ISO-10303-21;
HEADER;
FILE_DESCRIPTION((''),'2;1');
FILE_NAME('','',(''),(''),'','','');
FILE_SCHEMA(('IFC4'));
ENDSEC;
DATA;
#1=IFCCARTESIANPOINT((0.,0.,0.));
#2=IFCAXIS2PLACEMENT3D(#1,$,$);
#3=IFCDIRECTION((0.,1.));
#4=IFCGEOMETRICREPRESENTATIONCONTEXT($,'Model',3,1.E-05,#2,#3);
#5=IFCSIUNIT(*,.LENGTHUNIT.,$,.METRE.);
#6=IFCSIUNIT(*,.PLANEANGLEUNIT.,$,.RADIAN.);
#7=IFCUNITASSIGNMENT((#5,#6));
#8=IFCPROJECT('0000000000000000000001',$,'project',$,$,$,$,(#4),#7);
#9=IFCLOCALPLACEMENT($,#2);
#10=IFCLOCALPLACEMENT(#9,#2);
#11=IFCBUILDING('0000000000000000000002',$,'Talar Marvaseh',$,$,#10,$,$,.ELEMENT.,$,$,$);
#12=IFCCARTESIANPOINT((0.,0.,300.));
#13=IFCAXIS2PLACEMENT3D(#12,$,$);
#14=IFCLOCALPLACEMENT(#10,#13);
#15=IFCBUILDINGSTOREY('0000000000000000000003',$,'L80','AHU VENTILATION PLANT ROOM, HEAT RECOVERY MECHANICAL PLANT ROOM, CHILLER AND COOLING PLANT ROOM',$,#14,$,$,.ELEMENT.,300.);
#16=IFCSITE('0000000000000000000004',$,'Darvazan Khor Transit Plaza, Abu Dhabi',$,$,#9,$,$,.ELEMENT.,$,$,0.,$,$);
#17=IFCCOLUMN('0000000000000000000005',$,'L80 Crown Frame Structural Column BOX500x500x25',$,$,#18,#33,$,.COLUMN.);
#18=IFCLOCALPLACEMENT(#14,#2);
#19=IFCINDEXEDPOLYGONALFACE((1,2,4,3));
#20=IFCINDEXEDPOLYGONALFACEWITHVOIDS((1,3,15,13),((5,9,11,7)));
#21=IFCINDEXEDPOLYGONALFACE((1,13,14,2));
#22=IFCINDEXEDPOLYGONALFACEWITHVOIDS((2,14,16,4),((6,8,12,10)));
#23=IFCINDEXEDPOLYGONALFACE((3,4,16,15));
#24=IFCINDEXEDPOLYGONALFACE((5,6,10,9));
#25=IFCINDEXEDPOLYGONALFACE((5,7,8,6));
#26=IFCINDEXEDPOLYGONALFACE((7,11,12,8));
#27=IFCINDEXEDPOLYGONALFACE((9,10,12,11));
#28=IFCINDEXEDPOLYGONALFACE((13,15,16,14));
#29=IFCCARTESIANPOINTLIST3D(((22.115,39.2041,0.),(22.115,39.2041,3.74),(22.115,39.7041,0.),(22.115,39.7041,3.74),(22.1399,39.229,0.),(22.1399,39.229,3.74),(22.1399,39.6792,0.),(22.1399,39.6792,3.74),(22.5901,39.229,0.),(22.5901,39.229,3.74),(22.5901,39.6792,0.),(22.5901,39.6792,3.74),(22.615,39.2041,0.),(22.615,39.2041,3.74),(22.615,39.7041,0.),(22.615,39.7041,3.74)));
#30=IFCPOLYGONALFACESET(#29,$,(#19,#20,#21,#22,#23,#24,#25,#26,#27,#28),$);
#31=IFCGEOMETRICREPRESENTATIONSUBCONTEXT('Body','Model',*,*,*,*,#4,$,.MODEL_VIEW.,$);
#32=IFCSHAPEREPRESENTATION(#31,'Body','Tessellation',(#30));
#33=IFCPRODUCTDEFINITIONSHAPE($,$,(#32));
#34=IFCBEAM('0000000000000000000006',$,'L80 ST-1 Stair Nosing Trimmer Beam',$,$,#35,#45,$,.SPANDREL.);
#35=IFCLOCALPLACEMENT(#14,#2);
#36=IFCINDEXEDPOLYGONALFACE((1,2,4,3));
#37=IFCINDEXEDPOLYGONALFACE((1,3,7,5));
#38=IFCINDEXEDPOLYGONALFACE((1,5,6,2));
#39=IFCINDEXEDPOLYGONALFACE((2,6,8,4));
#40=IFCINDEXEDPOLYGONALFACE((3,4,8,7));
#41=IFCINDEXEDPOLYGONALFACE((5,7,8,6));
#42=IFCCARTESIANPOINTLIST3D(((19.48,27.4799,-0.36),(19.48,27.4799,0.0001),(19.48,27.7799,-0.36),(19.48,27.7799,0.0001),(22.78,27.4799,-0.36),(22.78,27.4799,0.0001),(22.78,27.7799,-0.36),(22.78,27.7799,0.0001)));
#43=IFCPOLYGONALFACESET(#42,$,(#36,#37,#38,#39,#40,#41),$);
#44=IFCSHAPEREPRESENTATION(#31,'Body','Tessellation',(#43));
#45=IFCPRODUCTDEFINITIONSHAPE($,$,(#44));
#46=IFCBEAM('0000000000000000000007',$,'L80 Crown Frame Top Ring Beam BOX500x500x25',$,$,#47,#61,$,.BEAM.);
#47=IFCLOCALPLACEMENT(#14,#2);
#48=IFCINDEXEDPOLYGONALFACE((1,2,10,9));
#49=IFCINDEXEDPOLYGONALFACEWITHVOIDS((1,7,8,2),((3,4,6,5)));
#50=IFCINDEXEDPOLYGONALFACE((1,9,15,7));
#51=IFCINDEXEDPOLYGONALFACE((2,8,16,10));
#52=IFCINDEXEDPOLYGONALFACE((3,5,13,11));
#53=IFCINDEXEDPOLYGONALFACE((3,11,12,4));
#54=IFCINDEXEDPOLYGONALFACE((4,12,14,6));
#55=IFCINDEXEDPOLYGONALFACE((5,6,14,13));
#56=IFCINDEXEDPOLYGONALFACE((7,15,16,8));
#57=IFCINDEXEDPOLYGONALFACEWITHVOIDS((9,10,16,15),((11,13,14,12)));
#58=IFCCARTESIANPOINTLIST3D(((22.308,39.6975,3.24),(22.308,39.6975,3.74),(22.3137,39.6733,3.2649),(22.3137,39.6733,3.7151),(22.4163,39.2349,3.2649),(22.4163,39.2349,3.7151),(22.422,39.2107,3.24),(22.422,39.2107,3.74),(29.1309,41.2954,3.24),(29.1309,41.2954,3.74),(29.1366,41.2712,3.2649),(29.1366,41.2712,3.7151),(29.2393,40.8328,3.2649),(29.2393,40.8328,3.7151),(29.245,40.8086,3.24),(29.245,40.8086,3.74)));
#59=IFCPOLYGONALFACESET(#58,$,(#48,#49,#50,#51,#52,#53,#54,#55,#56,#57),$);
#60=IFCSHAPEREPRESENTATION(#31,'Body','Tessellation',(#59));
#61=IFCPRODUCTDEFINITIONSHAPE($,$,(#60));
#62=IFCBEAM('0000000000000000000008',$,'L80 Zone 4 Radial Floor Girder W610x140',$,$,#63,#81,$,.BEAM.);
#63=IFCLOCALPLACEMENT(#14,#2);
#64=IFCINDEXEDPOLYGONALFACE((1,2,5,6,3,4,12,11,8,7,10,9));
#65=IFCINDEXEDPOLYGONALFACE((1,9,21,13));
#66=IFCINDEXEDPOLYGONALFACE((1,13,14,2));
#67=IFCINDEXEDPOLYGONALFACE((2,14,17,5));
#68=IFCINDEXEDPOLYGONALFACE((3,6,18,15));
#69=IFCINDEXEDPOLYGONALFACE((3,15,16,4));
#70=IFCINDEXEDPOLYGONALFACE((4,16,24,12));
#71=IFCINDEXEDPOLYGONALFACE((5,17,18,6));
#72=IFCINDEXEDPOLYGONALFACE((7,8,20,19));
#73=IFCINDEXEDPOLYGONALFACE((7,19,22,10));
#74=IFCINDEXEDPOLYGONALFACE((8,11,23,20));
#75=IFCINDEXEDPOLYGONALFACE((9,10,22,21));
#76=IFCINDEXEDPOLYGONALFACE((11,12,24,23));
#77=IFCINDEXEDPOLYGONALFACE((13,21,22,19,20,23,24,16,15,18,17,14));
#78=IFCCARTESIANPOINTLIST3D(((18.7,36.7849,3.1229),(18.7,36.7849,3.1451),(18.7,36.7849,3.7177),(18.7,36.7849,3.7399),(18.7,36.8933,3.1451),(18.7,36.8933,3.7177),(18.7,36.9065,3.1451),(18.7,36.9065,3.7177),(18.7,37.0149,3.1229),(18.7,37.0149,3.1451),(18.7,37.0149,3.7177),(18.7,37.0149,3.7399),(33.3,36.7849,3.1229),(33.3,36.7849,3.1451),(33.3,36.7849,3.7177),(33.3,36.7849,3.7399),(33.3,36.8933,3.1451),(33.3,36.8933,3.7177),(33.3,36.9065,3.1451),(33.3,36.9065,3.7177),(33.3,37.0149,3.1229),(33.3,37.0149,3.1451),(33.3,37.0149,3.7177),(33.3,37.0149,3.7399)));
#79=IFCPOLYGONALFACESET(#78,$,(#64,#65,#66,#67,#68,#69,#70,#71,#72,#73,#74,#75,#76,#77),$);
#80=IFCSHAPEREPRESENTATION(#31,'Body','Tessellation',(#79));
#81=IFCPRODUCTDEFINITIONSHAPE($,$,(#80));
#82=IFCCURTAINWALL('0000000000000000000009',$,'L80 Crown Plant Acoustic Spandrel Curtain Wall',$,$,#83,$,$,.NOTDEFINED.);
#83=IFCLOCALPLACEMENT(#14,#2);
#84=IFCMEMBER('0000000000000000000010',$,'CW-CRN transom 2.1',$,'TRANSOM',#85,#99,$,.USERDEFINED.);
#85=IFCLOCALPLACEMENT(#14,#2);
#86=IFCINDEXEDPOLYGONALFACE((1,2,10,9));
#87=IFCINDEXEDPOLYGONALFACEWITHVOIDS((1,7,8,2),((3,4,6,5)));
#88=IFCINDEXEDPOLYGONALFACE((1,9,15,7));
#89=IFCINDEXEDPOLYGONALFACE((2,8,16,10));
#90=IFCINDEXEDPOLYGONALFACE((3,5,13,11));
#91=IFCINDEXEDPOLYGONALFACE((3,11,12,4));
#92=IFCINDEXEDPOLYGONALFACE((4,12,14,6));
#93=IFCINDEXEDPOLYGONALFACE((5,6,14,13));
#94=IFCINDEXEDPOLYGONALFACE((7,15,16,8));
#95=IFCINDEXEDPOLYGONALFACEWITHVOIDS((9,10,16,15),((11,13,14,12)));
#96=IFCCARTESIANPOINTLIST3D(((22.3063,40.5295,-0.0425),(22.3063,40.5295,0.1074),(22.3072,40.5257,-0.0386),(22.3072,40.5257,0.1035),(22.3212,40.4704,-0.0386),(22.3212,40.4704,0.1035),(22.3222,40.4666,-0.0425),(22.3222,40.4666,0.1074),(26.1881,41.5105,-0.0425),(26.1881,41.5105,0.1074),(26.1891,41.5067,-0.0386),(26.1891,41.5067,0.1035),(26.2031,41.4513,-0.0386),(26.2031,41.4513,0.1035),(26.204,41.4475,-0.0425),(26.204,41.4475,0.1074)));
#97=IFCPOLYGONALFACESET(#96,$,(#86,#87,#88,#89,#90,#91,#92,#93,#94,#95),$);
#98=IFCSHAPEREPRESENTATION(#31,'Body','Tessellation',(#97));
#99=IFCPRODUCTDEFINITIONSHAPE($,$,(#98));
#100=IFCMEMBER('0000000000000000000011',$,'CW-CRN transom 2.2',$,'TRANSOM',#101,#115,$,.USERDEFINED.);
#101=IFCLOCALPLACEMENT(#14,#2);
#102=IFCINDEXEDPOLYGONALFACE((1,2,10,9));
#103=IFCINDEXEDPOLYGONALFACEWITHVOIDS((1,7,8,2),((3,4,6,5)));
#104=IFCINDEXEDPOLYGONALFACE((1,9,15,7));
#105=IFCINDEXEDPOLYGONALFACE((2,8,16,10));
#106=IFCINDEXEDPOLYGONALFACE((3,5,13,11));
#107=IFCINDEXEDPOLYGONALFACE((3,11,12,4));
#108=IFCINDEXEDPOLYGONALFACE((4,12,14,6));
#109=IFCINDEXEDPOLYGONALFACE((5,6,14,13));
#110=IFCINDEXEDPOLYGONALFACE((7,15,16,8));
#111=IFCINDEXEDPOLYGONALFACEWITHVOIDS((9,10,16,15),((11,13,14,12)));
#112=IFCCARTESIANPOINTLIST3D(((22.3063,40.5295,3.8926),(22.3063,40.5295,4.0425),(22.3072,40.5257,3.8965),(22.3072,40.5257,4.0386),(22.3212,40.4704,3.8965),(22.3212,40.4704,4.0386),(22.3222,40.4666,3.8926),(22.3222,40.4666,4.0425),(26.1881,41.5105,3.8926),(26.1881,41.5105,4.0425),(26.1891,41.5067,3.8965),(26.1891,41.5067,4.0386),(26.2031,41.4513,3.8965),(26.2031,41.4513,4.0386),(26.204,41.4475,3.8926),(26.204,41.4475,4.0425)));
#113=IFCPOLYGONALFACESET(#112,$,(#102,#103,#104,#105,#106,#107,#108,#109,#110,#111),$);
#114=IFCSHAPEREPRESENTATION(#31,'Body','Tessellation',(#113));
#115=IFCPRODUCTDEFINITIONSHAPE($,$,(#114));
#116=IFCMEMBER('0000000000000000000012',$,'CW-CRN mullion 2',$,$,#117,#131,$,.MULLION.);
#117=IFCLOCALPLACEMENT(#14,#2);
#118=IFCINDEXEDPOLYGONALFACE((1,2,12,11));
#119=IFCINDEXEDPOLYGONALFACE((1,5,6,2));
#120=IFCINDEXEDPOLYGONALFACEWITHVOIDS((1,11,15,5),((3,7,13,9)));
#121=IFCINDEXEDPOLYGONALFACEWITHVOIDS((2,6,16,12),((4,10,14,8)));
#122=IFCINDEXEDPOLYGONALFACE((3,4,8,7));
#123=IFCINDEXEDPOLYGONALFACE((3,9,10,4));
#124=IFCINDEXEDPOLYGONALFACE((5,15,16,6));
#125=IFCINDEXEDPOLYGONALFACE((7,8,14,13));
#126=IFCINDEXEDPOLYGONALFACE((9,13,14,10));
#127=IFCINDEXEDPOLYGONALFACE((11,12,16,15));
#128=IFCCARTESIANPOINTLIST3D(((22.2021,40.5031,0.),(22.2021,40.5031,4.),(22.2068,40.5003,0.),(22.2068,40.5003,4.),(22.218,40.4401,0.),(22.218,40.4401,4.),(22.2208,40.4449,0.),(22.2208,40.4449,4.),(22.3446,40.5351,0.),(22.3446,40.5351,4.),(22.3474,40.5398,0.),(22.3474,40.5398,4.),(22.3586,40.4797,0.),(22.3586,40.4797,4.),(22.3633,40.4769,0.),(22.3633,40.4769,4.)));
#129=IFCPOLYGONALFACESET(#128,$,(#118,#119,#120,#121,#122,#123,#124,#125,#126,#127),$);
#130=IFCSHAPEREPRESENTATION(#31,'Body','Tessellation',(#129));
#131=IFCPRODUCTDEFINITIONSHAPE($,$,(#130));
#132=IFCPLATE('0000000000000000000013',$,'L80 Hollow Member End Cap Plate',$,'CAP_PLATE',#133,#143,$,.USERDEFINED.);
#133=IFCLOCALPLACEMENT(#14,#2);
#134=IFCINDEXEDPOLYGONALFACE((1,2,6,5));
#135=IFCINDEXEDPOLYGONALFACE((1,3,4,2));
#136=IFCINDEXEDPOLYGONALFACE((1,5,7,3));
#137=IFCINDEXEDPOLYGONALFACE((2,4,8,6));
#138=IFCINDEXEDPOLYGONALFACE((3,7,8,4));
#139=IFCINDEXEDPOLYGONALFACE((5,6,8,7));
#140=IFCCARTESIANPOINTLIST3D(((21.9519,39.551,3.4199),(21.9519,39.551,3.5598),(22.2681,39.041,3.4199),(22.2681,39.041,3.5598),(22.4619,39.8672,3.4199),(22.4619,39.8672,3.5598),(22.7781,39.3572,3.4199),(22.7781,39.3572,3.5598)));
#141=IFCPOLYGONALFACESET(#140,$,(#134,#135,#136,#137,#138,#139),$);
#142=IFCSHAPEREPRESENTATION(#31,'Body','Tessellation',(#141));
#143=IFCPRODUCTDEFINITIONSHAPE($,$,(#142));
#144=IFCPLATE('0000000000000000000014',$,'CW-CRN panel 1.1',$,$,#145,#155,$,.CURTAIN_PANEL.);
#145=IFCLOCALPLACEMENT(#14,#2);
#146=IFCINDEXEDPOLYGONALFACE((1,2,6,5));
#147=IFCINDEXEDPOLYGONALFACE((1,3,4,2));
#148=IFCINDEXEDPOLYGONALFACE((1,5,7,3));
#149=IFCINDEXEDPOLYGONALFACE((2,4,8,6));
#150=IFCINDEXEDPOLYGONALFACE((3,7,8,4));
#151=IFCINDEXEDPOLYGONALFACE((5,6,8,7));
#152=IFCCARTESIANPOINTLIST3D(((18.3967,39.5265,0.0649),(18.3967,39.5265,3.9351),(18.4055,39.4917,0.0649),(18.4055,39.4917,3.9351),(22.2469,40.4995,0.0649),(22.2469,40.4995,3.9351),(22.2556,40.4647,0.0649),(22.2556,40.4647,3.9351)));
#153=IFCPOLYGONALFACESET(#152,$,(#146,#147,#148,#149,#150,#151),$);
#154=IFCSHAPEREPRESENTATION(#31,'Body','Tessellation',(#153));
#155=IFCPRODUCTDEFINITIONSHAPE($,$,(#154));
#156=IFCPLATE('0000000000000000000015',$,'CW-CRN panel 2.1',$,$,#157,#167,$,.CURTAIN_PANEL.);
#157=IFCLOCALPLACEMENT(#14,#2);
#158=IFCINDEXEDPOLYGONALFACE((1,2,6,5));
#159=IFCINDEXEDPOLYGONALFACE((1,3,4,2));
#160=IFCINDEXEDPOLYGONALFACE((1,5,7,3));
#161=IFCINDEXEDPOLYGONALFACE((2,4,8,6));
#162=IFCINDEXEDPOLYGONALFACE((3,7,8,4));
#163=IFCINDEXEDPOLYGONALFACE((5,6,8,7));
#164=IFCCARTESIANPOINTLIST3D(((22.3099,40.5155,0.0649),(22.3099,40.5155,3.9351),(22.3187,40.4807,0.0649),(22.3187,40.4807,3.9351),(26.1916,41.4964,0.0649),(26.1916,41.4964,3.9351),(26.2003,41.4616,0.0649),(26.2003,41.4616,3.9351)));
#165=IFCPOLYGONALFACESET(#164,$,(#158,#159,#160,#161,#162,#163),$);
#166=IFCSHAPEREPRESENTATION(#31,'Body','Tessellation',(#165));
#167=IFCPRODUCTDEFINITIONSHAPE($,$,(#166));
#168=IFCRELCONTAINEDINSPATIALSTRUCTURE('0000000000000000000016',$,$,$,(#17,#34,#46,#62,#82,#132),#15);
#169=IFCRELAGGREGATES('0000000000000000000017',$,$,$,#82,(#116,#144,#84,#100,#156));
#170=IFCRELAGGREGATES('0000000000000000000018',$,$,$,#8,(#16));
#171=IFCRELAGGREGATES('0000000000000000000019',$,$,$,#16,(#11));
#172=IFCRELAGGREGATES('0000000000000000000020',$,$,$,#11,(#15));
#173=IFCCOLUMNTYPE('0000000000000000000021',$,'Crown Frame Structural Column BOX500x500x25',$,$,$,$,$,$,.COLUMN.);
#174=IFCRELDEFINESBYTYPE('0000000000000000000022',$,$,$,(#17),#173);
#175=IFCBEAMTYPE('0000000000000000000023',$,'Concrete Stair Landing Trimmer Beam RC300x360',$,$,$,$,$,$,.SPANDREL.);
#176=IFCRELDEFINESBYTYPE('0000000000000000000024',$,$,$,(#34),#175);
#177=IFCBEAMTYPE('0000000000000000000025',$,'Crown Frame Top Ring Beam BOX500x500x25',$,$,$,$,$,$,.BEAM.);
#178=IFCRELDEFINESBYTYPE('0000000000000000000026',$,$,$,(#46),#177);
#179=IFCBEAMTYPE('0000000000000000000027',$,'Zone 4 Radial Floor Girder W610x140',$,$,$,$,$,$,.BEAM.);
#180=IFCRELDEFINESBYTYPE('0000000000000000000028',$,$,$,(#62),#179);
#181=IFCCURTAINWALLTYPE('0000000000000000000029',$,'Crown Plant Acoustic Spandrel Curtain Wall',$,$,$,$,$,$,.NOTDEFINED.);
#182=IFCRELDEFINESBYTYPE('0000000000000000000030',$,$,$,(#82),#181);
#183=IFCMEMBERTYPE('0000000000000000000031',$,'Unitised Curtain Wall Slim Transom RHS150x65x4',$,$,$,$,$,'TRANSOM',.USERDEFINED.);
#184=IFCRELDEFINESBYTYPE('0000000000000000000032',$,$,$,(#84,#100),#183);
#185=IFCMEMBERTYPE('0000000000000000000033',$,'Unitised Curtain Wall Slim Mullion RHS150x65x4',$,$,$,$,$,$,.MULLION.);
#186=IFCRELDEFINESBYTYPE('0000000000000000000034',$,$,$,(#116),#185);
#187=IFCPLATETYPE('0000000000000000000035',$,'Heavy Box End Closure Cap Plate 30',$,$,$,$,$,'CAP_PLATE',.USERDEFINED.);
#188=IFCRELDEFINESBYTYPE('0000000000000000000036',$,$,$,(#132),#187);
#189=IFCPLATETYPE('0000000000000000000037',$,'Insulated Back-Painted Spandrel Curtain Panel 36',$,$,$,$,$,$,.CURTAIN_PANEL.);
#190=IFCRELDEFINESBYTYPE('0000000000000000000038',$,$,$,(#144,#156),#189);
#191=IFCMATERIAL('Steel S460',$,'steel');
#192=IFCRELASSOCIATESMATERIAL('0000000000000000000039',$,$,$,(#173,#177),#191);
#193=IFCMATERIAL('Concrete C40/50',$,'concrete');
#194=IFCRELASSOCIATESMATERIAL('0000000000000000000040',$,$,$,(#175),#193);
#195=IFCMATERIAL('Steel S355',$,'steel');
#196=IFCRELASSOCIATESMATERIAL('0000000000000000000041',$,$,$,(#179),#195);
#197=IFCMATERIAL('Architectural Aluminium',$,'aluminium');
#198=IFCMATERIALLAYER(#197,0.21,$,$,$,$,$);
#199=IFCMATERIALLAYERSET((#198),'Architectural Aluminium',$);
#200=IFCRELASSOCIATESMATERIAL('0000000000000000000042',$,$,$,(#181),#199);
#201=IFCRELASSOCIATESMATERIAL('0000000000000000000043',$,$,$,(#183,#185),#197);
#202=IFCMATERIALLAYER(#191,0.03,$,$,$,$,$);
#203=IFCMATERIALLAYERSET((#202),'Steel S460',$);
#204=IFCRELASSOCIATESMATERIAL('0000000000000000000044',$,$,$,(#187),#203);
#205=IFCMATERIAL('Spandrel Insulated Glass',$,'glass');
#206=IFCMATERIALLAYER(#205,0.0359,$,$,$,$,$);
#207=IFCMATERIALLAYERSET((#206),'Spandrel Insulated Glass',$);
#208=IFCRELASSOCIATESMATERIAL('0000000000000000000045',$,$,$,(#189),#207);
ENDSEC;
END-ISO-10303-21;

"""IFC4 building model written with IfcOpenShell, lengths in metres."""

from ifc_helpers import new_model, si_unit, direction, frame, origin, origin_2d, place, context, subcontext, project, spatial, rectangle, hollow_rectangle, i_section, extrude, source, transform, mapped, material, layer, layer_set, material_profile, profile_set, type_object, type_shapes, element, aggregate, save


model = new_model("IFC4")

# Units and contexts
model_context = context("Model", 3, precision=1e-05, world=origin(), true_north=direction((0.0, 1.0)))
body_context = subcontext(model_context, "Body", "Model", "MODEL_VIEW")
ifc_project = project(units=[si_unit("LENGTHUNIT", "METRE"), si_unit("PLANEANGLEUNIT", "RADIAN")], contexts=[model_context])

# Site, building, storey
site_placement = place(None, origin())
site = spatial("IfcSite", under=ifc_project, at=site_placement, Name="Darvazan Khor Transit Plaza, Abu Dhabi", CompositionType="ELEMENT", RefElevation=0.0)
building_placement = place(site_placement, origin())
building = spatial("IfcBuilding", under=site, at=building_placement, Name="Talar Marvaseh", CompositionType="ELEMENT")
storey_placement = place(building_placement, frame((0.0, 0.0, 300.0)))
storey = spatial("IfcBuildingStorey", under=building, at=storey_placement, Name="L80", Description="AHU VENTILATION PLANT ROOM, HEAT RECOVERY MECHANICAL PLANT ROOM, CHILLER AND COOLING PLANT ROOM", CompositionType="ELEMENT", Elevation=300.0)

# Column
ifc_material_1 = material(Name="Steel S460", Category="steel")
ifc_material_profile_1 = material_profile(ifc_material_1, hollow_rectangle(XDim=0.5, YDim=0.5, WallThickness=0.0249, at=origin_2d()), Name="BOX500x500x25")
ifc_profile_set_1 = profile_set([ifc_material_profile_1], Name="Steel S460")
column_type = type_object("IfcColumnType", Name="Crown Frame Structural Column BOX500x500x25", PredefinedType="COLUMN", material=ifc_profile_set_1)
column_placement = place(storey_placement, frame((22.365, 39.4541, 0.0), z_axis=(0.0, 0.0, 1.0), x_axis=(1.0, 0.0, 0.0)))
element("IfcColumn", 1, at=column_placement, inside=storey, type_object=column_type, Name="L80 Crown Frame Structural Column BOX500x500x25", PredefinedType="COLUMN", context=body_context, shape_type="SweptSolid", body=[
    extrude(hollow_rectangle(XDim=0.5, YDim=0.5, WallThickness=0.0249, at=origin_2d()), origin(), (0.0, 0.0, 1.0), 3.74),
])

# Beams
ifc_material_2 = material(Name="Concrete C40/50", Category="concrete")
ifc_material_profile_2 = material_profile(ifc_material_2, rectangle(XDim=0.3, YDim=0.3601, at=origin_2d()), Name="RC300x360")
ifc_profile_set_2 = profile_set([ifc_material_profile_2], Name="Concrete C40/50")
beam_type_1 = type_object("IfcBeamType", Name="Concrete Stair Landing Trimmer Beam RC300x360", PredefinedType="SPANDREL", material=ifc_profile_set_2)
beam_1_placement = place(storey_placement, frame((22.78, 27.6299, -0.1799), z_axis=(-1.0, 0.0, 0.0), x_axis=(0.0, -1.0, 0.0)))
element("IfcBeam", 2, at=beam_1_placement, inside=storey, type_object=beam_type_1, Name="L80 ST-1 Stair Nosing Trimmer Beam", PredefinedType="SPANDREL", context=body_context, shape_type="SweptSolid", body=[
    extrude(rectangle(XDim=0.3, YDim=0.3601, at=origin_2d()), origin(), (0.0, 0.0, 1.0), 3.3),
])
ifc_material_profile_3 = material_profile(ifc_material_1, hollow_rectangle(XDim=0.5, YDim=0.5, WallThickness=0.0249, at=origin_2d()), Name="BOX500x500x25")
ifc_profile_set_3 = profile_set([ifc_material_profile_3], Name="Steel S460")
beam_type_2 = type_object("IfcBeamType", Name="Crown Frame Top Ring Beam BOX500x500x25", PredefinedType="BEAM", material=ifc_profile_set_3)
beam_2_placement = place(storey_placement, frame((22.365, 39.4541, 3.49), z_axis=(0.973656, 0.228024, 0.0), x_axis=(-0.228024, 0.973656, 0.0)))
element("IfcBeam", 3, at=beam_2_placement, inside=storey, type_object=beam_type_2, Name="L80 Crown Frame Top Ring Beam BOX500x500x25", PredefinedType="BEAM", context=body_context, shape_type="SweptSolid", body=[
    extrude(hollow_rectangle(XDim=0.5, YDim=0.5, WallThickness=0.0249, at=origin_2d()), origin(), (0.0, 0.0, 1.0), 7.0076),
])
ifc_material_3 = material(Name="Steel S355", Category="steel")
ifc_material_profile_4 = material_profile(ifc_material_3, i_section(OverallWidth=0.23, OverallDepth=0.6169, WebThickness=0.0132, FlangeThickness=0.0222, at=origin_2d()), Name="W610x140")
ifc_profile_set_4 = profile_set([ifc_material_profile_4], Name="Steel S355")
beam_type_3 = type_object("IfcBeamType", Name="Zone 4 Radial Floor Girder W610x140", PredefinedType="BEAM", material=ifc_profile_set_4)
beam_3_placement = place(storey_placement, frame((18.7, 36.8999, 3.4314), z_axis=(1.0, 0.0, 0.0), x_axis=(0.0, 1.0, 0.0)))
element("IfcBeam", 4, at=beam_3_placement, inside=storey, type_object=beam_type_3, Name="L80 Zone 4 Radial Floor Girder W610x140", PredefinedType="BEAM", context=body_context, shape_type="SweptSolid", body=[
    extrude(i_section(OverallWidth=0.23, OverallDepth=0.6169, WebThickness=0.0132, FlangeThickness=0.0222, at=origin_2d()), origin(), (0.0, 0.0, 1.0), 14.6001),
])

# Curtain wall, members
ifc_material_4 = material(Name="Architectural Aluminium", Category="aluminium")
ifc_layer_1 = layer(ifc_material_4, 0.21)
ifc_layer_set_1 = layer_set([ifc_layer_1], Name="Architectural Aluminium")
curtain_wall_type = type_object("IfcCurtainWallType", Name="Crown Plant Acoustic Spandrel Curtain Wall", PredefinedType="NOTDEFINED", material=ifc_layer_set_1)
curtain_wall_placement = place(storey_placement, origin())
curtain_wall = element("IfcCurtainWall", 5, at=curtain_wall_placement, inside=storey, type_object=curtain_wall_type, Name="L80 Crown Plant Acoustic Spandrel Curtain Wall", PredefinedType="NOTDEFINED")
ifc_material_profile_5 = material_profile(ifc_material_4, hollow_rectangle(XDim=0.0649, YDim=0.1499, WallThickness=0.0039, at=origin_2d()), Name="RHS150x65x4")
ifc_profile_set_5 = profile_set([ifc_material_profile_5], Name="Architectural Aluminium")
member_type_1 = type_object("IfcMemberType", Name="Unitised Curtain Wall Slim Transom RHS150x65x4", ElementType="TRANSOM", PredefinedType="USERDEFINED", material=ifc_profile_set_5)
shared_shape_1 = source(origin(), body_context, "Body", "SweptSolid", [
    extrude(hollow_rectangle(XDim=0.0649, YDim=0.1499, WallThickness=0.0039, at=origin_2d()), origin(), (0.0, 0.0, 1.0), 4.0039),
])
type_shapes(member_type_1, [shared_shape_1])
member_1_placement = place(storey_placement, frame((22.3142, 40.498, 0.0325), z_axis=(0.969522, 0.245003, 0.0), x_axis=(-0.245003, 0.969522, 0.0)))
member_1 = element("IfcMember", 6, at=member_1_placement, type_object=member_type_1, Name="CW-CRN transom 2.1", ObjectType="TRANSOM", PredefinedType="USERDEFINED", context=body_context, shape_type="MappedRepresentation", body=[
    mapped(shared_shape_1, transform((0.0, 0.0, 0.0), x_axis=(1.0, 0.0, 0.0), y_axis=(0.0, 1.0, 0.0), z_axis=(0.0, 0.0, 1.0), scale=1.0)),
])
member_2_placement = place(storey_placement, frame((22.3142, 40.498, 3.9675), z_axis=(0.969522, 0.245003, 0.0), x_axis=(-0.245003, 0.969522, 0.0)))
member_2 = element("IfcMember", 7, at=member_2_placement, type_object=member_type_1, Name="CW-CRN transom 2.2", ObjectType="TRANSOM", PredefinedType="USERDEFINED", context=body_context, shape_type="MappedRepresentation", body=[
    mapped(shared_shape_1, transform((0.0, 0.0, 0.0), x_axis=(1.0, 0.0, 0.0), y_axis=(0.0, 1.0, 0.0), z_axis=(0.0, 0.0, 1.0), scale=1.0)),
])
ifc_material_profile_6 = material_profile(ifc_material_4, hollow_rectangle(XDim=0.0649, YDim=0.1499, WallThickness=0.0039, at=origin_2d()), Name="RHS150x65x4")
ifc_profile_set_6 = profile_set([ifc_material_profile_6], Name="Architectural Aluminium")
member_type_2 = type_object("IfcMemberType", Name="Unitised Curtain Wall Slim Mullion RHS150x65x4", PredefinedType="MULLION", material=ifc_profile_set_6)
shared_shape_2 = source(origin(), body_context, "Body", "SweptSolid", [
    extrude(hollow_rectangle(XDim=0.0649, YDim=0.1499, WallThickness=0.0039, at=origin_2d()), origin(), (0.0, 0.0, 1.0), 4.0),
])
type_shapes(member_type_2, [shared_shape_2])
member_3_placement = place(storey_placement, frame((22.2827, 40.49, 0.0), z_axis=(0.0, 0.0, 1.0), x_axis=(-0.245002, 0.969523, 0.0)))
member_3 = element("IfcMember", 8, at=member_3_placement, type_object=member_type_2, Name="CW-CRN mullion 2", PredefinedType="MULLION", context=body_context, shape_type="MappedRepresentation", body=[
    mapped(shared_shape_2, transform((0.0, 0.0, 0.0), x_axis=(1.0, 0.0, 0.0), y_axis=(0.0, 1.0, 0.0), z_axis=(0.0, 0.0, 1.0), scale=1.0)),
])

# Plates
ifc_layer_2 = layer(ifc_material_1, 0.03)
ifc_layer_set_2 = layer_set([ifc_layer_2], Name="Steel S460")
plate_type_1 = type_object("IfcPlateType", Name="Heavy Box End Closure Cap Plate 30", ElementType="CAP_PLATE", PredefinedType="USERDEFINED", material=ifc_layer_set_2)
shared_shape_3 = source(origin(), body_context, "Body", "SweptSolid", [
    extrude(rectangle(XDim=0.6001, YDim=0.6001, at=origin_2d()), origin(), (0.0, 0.0, 1.0), 0.1399),
])
type_shapes(plate_type_1, [shared_shape_3])
plate_1_placement = place(storey_placement, frame((22.365, 39.4541, 3.4199), z_axis=(0.0, 0.0, 1.0), x_axis=(0.849893, 0.526956, 0.0)))
element("IfcPlate", 9, at=plate_1_placement, inside=storey, type_object=plate_type_1, Name="L80 Hollow Member End Cap Plate", ObjectType="CAP_PLATE", PredefinedType="USERDEFINED", context=body_context, shape_type="MappedRepresentation", body=[
    mapped(shared_shape_3, transform((0.0, 0.0, 0.0), x_axis=(1.0, 0.0, 0.0), y_axis=(0.0, 1.0, 0.0), z_axis=(0.0, 0.0, 1.0), scale=1.0)),
])
ifc_material_5 = material(Name="Spandrel Insulated Glass", Category="glass")
ifc_layer_3 = layer(ifc_material_5, 0.0359)
ifc_layer_set_3 = layer_set([ifc_layer_3], Name="Spandrel Insulated Glass")
plate_type_2 = type_object("IfcPlateType", Name="Insulated Back-Painted Spandrel Curtain Panel 36", PredefinedType="CURTAIN_PANEL", material=ifc_layer_set_3)
shared_shape_4 = source(origin(), body_context, "Body", "SweptSolid", [
    extrude(rectangle(XDim=3.9712, YDim=0.0359, at=origin_2d()), origin(), (0.0, 0.0, 1.0), 3.8701),
])
plate_2_placement = place(storey_placement, frame((20.3262, 39.9956, 0.0649), z_axis=(0.0, 0.0, 1.0), x_axis=(0.969523, 0.245002, 0.0)))
plate_2 = element("IfcPlate", 10, at=plate_2_placement, type_object=plate_type_2, Name="CW-CRN panel 1.1", PredefinedType="CURTAIN_PANEL", context=body_context, shape_type="MappedRepresentation", body=[
    mapped(shared_shape_4, transform((0.0, 0.0, 0.0), x_axis=(1.0, 0.0, 0.0), y_axis=(0.0, 1.0, 0.0), z_axis=(0.0, 0.0, 1.0), scale=1.0)),
])
shared_shape_5 = source(origin(), body_context, "Body", "SweptSolid", [
    extrude(rectangle(XDim=4.0037, YDim=0.0359, at=origin_2d()), origin(), (0.0, 0.0, 1.0), 3.8701),
])
type_shapes(plate_type_2, [shared_shape_4, shared_shape_5])
plate_3_placement = place(storey_placement, frame((24.2551, 40.9885, 0.0649), z_axis=(0.0, 0.0, 1.0), x_axis=(0.969523, 0.245002, 0.0)))
plate_3 = element("IfcPlate", 11, at=plate_3_placement, type_object=plate_type_2, Name="CW-CRN panel 2.1", PredefinedType="CURTAIN_PANEL", context=body_context, shape_type="MappedRepresentation", body=[
    mapped(shared_shape_5, transform((0.0, 0.0, 0.0), x_axis=(1.0, 0.0, 0.0), y_axis=(0.0, 1.0, 0.0), z_axis=(0.0, 0.0, 1.0), scale=1.0)),
])
aggregate(curtain_wall, [member_3, plate_2, member_1, member_2, plate_3])

save(model, "model.ifc")
